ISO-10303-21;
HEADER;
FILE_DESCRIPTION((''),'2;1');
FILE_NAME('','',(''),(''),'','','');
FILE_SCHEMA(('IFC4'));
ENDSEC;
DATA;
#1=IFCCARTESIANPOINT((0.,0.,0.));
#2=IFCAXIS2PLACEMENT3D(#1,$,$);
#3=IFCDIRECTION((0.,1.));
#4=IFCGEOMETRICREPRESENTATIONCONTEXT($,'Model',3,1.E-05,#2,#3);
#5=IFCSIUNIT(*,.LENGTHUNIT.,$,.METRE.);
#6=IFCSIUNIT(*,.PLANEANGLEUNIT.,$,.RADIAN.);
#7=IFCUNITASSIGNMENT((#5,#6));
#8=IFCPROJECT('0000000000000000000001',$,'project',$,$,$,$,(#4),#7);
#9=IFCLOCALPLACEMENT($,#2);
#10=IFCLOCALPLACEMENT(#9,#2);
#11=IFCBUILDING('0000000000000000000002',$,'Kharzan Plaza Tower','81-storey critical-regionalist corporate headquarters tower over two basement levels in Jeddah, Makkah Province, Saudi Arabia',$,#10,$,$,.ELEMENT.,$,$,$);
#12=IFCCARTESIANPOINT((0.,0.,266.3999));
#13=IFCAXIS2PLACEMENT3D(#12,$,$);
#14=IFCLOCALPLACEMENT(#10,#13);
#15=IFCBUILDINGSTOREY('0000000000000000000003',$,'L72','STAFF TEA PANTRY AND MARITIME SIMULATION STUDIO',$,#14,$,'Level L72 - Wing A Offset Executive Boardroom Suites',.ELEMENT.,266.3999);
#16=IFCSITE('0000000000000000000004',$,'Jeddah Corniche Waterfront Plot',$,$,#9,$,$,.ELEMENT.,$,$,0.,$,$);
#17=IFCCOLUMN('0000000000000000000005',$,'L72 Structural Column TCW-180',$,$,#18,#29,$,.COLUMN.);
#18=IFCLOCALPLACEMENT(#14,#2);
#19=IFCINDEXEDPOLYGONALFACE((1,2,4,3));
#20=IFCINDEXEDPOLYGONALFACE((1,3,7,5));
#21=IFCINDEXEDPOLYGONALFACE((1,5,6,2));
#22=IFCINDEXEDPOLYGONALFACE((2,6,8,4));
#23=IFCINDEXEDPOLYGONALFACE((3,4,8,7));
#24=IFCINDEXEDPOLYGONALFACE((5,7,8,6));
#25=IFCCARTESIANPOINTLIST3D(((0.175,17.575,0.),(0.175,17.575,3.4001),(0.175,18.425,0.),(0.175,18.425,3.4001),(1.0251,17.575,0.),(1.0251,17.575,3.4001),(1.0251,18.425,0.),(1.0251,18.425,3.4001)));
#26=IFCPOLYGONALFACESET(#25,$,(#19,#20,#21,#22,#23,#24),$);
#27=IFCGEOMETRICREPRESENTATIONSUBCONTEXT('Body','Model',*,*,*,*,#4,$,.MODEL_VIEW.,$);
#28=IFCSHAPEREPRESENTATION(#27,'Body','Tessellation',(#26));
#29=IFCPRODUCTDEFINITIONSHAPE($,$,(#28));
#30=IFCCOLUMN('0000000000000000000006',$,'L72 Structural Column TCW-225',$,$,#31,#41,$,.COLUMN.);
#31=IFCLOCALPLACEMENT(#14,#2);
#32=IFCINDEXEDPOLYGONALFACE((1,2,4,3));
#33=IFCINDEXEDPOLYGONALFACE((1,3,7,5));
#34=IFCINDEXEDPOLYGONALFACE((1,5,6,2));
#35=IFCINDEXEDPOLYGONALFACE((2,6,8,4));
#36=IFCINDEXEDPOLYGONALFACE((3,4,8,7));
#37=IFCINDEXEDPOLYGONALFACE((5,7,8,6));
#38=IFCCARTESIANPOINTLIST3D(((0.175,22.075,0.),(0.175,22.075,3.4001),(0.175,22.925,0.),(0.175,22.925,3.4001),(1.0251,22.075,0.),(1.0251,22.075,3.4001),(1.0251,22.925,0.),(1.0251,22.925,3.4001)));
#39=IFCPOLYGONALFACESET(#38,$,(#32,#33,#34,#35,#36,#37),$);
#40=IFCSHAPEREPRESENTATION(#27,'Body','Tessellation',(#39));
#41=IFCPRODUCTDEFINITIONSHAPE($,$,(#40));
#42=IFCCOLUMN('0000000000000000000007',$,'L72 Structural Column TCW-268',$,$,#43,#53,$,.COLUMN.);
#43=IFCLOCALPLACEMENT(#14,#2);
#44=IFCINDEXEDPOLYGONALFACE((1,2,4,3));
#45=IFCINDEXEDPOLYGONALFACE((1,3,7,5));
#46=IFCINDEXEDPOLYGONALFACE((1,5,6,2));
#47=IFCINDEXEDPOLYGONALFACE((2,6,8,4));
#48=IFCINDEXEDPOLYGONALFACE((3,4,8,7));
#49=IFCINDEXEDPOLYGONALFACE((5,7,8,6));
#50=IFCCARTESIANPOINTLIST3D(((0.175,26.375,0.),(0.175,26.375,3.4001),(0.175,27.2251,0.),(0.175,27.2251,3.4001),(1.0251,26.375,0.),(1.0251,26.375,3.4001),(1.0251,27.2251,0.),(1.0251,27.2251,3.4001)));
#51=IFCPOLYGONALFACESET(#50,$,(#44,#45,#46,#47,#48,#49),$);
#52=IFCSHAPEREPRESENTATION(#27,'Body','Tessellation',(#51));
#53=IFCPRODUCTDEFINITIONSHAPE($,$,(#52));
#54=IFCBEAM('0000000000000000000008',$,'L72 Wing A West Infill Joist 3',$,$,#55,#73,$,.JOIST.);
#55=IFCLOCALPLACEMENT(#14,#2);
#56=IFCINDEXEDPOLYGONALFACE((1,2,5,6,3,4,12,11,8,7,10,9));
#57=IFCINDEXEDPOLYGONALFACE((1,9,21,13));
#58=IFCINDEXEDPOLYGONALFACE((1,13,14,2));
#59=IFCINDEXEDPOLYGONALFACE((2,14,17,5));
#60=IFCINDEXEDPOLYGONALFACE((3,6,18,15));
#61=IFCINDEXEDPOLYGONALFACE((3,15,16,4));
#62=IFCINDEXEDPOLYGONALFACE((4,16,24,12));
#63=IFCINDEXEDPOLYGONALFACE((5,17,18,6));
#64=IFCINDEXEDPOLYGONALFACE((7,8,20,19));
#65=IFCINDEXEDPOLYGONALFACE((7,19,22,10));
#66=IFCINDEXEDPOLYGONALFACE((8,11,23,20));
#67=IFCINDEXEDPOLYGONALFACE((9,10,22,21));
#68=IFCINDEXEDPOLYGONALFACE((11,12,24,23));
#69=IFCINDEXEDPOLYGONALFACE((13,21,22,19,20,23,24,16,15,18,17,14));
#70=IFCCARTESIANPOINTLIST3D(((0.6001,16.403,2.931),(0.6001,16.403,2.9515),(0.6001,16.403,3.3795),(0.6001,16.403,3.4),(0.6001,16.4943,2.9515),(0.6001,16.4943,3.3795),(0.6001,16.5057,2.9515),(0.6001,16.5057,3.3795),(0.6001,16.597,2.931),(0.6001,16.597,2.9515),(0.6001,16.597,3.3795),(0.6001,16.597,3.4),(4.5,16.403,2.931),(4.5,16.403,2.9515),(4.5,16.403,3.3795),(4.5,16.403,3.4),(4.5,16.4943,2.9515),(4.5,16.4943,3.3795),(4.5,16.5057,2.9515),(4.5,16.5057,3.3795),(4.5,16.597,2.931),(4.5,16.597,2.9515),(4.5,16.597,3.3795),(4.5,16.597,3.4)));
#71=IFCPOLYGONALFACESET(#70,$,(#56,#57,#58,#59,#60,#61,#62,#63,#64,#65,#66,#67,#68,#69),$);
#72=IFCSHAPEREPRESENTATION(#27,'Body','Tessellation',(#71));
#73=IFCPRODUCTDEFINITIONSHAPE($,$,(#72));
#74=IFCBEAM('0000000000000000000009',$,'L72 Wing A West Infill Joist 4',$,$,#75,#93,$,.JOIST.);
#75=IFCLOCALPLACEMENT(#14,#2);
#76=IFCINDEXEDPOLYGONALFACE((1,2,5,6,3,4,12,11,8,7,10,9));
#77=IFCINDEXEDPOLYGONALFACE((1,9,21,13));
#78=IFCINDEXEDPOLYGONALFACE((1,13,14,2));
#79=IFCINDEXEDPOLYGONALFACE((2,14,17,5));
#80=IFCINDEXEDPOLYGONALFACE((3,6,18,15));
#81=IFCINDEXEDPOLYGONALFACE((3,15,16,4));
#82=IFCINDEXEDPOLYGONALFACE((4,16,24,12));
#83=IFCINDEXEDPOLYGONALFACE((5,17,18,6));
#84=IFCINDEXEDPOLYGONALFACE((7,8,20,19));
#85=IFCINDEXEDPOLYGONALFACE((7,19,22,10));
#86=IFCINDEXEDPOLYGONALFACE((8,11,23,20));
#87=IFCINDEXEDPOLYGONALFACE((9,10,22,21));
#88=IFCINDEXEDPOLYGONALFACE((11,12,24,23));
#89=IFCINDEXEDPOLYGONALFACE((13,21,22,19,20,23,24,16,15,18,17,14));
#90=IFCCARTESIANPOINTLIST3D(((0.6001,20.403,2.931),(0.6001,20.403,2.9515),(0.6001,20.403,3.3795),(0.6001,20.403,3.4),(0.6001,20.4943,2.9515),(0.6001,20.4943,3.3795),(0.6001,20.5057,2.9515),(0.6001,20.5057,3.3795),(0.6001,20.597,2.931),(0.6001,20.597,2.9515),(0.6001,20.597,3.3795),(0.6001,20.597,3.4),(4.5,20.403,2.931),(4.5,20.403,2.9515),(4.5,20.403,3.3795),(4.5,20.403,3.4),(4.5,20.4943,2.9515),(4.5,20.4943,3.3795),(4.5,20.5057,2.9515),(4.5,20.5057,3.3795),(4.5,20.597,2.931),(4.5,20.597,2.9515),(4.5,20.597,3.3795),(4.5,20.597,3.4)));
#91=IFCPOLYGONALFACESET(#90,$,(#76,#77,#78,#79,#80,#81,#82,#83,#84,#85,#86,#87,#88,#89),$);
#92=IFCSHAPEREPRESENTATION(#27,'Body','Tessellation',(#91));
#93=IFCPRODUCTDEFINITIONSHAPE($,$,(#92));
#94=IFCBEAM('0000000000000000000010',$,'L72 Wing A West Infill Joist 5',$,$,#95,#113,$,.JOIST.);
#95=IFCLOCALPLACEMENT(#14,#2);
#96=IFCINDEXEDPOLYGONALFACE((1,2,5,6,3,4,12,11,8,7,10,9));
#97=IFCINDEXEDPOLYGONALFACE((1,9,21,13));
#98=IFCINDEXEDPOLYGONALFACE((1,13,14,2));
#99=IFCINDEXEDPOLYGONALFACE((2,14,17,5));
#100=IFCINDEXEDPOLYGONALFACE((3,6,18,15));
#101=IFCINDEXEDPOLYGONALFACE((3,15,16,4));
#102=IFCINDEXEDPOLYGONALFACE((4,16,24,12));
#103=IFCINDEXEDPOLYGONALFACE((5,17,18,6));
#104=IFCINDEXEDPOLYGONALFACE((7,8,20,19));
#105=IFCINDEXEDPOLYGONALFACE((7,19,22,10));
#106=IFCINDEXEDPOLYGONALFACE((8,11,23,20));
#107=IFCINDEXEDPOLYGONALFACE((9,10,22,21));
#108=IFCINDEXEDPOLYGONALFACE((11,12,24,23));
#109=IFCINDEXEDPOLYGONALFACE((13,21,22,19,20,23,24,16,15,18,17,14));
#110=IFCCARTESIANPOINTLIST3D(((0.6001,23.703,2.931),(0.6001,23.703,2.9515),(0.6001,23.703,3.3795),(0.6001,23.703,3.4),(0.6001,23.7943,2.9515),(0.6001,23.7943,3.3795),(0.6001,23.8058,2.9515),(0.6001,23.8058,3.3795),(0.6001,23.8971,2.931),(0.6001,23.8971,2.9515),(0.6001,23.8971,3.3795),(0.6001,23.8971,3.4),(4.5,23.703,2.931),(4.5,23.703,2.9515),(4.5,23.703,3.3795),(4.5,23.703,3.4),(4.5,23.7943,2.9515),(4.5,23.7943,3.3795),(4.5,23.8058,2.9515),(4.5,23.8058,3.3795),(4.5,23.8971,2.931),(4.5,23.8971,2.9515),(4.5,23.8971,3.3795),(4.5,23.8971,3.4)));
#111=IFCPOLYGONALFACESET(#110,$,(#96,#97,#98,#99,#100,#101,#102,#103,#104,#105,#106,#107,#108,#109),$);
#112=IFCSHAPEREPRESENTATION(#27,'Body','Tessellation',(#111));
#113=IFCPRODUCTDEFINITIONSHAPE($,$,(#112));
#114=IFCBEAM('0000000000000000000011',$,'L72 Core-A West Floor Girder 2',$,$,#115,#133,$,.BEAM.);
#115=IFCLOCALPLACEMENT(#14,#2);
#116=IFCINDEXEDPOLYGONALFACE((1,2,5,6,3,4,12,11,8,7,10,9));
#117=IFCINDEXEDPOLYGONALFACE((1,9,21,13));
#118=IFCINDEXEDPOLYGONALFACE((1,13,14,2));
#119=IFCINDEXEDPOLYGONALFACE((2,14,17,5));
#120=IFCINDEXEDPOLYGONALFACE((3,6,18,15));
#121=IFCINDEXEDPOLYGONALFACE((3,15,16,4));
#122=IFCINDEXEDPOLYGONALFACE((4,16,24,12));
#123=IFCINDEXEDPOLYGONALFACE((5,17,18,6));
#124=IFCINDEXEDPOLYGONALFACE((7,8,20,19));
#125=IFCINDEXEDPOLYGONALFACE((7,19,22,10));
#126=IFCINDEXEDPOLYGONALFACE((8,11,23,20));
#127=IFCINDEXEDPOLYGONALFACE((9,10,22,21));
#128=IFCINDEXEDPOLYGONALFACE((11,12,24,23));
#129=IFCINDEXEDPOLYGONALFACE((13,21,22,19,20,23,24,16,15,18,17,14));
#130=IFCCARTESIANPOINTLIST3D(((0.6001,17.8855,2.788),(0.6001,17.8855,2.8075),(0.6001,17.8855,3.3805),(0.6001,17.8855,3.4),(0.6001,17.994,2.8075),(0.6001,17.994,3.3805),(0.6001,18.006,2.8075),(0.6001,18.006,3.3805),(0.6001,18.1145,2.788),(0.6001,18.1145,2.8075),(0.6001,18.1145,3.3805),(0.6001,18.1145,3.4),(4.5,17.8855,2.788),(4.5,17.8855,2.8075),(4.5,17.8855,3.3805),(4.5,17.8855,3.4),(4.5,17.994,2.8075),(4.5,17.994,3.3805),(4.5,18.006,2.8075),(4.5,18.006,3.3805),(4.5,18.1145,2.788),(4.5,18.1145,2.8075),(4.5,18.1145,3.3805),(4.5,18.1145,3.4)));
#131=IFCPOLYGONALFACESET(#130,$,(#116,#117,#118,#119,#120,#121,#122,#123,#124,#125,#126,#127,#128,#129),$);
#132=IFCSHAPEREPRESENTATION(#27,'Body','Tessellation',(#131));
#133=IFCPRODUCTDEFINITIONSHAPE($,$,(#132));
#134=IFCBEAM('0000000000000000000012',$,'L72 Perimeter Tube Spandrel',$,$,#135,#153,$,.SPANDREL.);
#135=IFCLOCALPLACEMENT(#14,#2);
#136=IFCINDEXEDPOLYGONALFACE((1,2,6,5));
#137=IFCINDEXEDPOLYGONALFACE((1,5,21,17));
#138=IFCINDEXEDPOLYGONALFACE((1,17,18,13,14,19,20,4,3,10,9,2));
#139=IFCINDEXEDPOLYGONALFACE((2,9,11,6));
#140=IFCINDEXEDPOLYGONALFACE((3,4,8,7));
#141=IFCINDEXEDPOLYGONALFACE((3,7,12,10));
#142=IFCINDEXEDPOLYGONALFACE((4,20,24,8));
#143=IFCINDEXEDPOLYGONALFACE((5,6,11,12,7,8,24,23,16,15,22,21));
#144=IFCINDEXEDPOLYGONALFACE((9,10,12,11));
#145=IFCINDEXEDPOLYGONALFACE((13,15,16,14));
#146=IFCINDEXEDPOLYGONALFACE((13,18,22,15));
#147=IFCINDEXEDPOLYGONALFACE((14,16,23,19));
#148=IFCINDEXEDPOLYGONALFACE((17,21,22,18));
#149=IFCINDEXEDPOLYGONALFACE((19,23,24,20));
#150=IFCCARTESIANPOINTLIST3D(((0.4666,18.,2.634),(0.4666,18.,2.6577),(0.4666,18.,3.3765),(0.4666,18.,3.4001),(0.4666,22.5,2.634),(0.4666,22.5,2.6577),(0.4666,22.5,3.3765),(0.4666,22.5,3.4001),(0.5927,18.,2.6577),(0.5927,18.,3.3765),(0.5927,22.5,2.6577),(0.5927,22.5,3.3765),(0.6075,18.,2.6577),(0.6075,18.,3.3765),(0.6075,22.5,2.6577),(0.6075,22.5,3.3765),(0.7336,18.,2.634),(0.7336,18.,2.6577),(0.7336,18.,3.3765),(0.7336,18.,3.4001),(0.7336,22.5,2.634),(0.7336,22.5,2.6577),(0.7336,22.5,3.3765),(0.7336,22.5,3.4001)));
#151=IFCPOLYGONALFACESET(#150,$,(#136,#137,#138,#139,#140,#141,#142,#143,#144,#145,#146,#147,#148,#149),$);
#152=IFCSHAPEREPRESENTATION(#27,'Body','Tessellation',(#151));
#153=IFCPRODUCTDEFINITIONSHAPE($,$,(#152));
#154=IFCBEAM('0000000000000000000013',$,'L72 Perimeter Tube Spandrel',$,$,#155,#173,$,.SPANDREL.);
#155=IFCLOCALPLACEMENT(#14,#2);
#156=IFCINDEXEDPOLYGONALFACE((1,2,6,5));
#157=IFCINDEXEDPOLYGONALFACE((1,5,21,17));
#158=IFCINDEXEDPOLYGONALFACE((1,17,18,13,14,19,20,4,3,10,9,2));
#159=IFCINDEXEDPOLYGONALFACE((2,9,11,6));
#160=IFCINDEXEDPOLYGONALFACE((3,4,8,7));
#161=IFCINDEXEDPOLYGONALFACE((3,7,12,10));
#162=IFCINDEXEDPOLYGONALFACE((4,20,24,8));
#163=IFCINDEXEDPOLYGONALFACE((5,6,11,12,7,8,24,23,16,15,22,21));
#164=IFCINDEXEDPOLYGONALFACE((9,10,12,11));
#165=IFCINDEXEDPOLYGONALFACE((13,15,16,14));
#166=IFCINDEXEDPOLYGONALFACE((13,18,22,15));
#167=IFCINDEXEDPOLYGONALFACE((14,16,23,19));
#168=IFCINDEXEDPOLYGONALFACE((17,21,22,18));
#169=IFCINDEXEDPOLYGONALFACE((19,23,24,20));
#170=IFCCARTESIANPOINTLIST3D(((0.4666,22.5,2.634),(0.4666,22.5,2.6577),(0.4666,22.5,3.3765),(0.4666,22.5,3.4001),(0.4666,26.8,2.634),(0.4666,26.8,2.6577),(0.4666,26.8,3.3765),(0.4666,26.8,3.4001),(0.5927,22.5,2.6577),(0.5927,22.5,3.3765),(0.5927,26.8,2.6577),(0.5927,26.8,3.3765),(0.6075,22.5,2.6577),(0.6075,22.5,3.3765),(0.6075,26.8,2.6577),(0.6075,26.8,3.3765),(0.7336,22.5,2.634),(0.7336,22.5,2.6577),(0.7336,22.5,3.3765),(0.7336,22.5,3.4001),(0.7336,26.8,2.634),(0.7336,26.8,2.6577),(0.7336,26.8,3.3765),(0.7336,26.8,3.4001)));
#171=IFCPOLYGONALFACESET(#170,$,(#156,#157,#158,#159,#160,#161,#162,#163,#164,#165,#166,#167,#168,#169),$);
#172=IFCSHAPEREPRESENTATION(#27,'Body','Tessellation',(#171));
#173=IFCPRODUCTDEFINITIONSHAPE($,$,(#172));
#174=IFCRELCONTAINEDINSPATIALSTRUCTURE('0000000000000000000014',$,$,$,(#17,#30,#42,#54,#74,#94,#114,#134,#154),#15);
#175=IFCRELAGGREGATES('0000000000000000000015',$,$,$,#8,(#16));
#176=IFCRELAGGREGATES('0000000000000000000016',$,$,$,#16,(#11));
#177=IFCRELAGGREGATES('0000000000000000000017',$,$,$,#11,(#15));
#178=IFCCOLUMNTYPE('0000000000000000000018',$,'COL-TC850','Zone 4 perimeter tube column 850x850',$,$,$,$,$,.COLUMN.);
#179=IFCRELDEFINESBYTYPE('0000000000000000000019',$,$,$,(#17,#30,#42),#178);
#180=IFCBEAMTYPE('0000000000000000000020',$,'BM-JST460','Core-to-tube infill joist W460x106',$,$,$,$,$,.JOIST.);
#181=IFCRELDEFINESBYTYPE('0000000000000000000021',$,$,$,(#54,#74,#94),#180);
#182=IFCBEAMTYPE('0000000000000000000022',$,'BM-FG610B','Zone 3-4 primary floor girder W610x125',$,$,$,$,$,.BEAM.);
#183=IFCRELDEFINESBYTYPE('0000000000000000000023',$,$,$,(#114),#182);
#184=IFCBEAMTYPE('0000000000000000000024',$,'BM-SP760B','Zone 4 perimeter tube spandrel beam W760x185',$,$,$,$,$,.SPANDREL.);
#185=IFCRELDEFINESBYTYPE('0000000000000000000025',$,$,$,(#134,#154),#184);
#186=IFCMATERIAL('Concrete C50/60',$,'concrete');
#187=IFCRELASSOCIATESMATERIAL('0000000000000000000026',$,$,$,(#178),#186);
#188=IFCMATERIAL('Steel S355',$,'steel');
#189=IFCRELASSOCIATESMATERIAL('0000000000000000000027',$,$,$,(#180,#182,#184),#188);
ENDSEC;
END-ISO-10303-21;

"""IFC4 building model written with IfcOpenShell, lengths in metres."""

from ifc_helpers import new_model, si_unit, direction, frame, origin, origin_2d, place, context, subcontext, project, spatial, rectangle, i_section, extrude, source, transform, mapped, material, material_profile, profile_set, type_object, element, save


model = new_model("IFC4")

# Units and contexts
model_context = context("Model", 3, precision=1e-05, world=origin(), true_north=direction((0.0, 1.0)))
body_context = subcontext(model_context, "Body", "Model", "MODEL_VIEW")
ifc_project = project(units=[si_unit("LENGTHUNIT", "METRE"), si_unit("PLANEANGLEUNIT", "RADIAN")], contexts=[model_context])

# Site, building, storey
site_placement = place(None, origin())
site = spatial("IfcSite", under=ifc_project, at=site_placement, Name="Jeddah Corniche Waterfront Plot", CompositionType="ELEMENT", RefElevation=0.0)
building_placement = place(site_placement, origin())
building = spatial("IfcBuilding", under=site, at=building_placement, Name="Kharzan Plaza Tower", Description="81-storey critical-regionalist corporate headquarters tower over two basement levels in Jeddah, Makkah Province, Saudi Arabia", CompositionType="ELEMENT")
storey_placement = place(building_placement, frame((0.0, 0.0, 266.3999)))
storey = spatial("IfcBuildingStorey", under=building, at=storey_placement, Name="L72", Description="STAFF TEA PANTRY AND MARITIME SIMULATION STUDIO", LongName="Level L72 - Wing A Offset Executive Boardroom Suites", CompositionType="ELEMENT", Elevation=266.3999)

# Columns
ifc_material_1 = material(Name="Concrete C50/60", Category="concrete")
ifc_material_profile_1 = material_profile(ifc_material_1, rectangle(XDim=0.8501, YDim=0.8501, at=origin_2d()), Name="RC-TC850x850")
ifc_profile_set_1 = profile_set([ifc_material_profile_1], Name="Concrete C50/60")
column_type = type_object("IfcColumnType", Name="COL-TC850", Description="Zone 4 perimeter tube column 850x850", PredefinedType="COLUMN", material=ifc_profile_set_1)
shared_shape_1 = source(origin(), body_context, "Body", "SweptSolid", [
    extrude(rectangle(XDim=0.8501, YDim=0.8501, at=origin_2d()), origin(), (0.0, 0.0, 1.0), 3.4001),
])
for number, where, z_axis, x_axis, name in (
    (1, (0.6001, 18.0, 0.0), (0.0, 0.0, 1.0), (1.0, 0.0, 0.0), "L72 Structural Column TCW-180"),
    (2, (0.6001, 22.5, 0.0), (0.0, 0.0, 1.0), (1.0, 0.0, 0.0), "L72 Structural Column TCW-225"),
    (3, (0.6001, 26.8, 0.0), (0.0, 0.0, 1.0), (1.0, 0.0, 0.0), "L72 Structural Column TCW-268"),
):
    element("IfcColumn", number, at=place(storey_placement, frame(where, z_axis=z_axis, x_axis=x_axis)), inside=storey, type_object=column_type, Name=name, PredefinedType="COLUMN", context=body_context, shape_type="MappedRepresentation", body=[
        mapped(shared_shape_1, transform((0.0, 0.0, 0.0), x_axis=(1.0, 0.0, 0.0), y_axis=(0.0, 1.0, 0.0), z_axis=(0.0, 0.0, 1.0))),
    ])

# Beams
ifc_material_2 = material(Name="Steel S355", Category="steel")
ifc_material_profile_2 = material_profile(ifc_material_2, i_section(OverallWidth=0.1941, OverallDepth=0.469, WebThickness=0.0115, FlangeThickness=0.0205, at=origin_2d()), Name="W460x106")
ifc_profile_set_2 = profile_set([ifc_material_profile_2], Name="Steel S355")
beam_type_1 = type_object("IfcBeamType", Name="BM-JST460", Description="Core-to-tube infill joist W460x106", PredefinedType="JOIST", material=ifc_profile_set_2)
shared_shape_2 = source(origin(), body_context, "Body", "SweptSolid", [
    extrude(i_section(OverallWidth=0.1941, OverallDepth=0.469, WebThickness=0.0115, FlangeThickness=0.0205, at=origin_2d()), origin(), (0.0, 0.0, 1.0), 3.8999),
])
for number, where, z_axis, x_axis, name in (
    (4, (0.6001, 16.5, 3.1655), (1.0, 0.0, 0.0), (0.0, 1.0, 0.0), "L72 Wing A West Infill Joist 3"),
    (5, (0.6001, 20.5, 3.1655), (1.0, 0.0, 0.0), (0.0, 1.0, 0.0), "L72 Wing A West Infill Joist 4"),
    (6, (0.6001, 23.8, 3.1655), (1.0, 0.0, 0.0), (0.0, 1.0, 0.0), "L72 Wing A West Infill Joist 5"),
):
    element("IfcBeam", number, at=place(storey_placement, frame(where, z_axis=z_axis, x_axis=x_axis)), inside=storey, type_object=beam_type_1, Name=name, PredefinedType="JOIST", context=body_context, shape_type="MappedRepresentation", body=[
        mapped(shared_shape_2, transform((0.0, 0.0, 0.0), x_axis=(1.0, 0.0, 0.0), y_axis=(0.0, 1.0, 0.0), z_axis=(0.0, 0.0, 1.0))),
    ])
ifc_material_profile_3 = material_profile(ifc_material_2, i_section(OverallWidth=0.229, OverallDepth=0.6121, WebThickness=0.012, FlangeThickness=0.0195, at=origin_2d()), Name="W610x125")
ifc_profile_set_3 = profile_set([ifc_material_profile_3], Name="Steel S355")
beam_type_2 = type_object("IfcBeamType", Name="BM-FG610B", Description="Zone 3-4 primary floor girder W610x125", PredefinedType="BEAM", material=ifc_profile_set_3)
shared_shape_3 = source(origin(), body_context, "Body", "SweptSolid", [
    extrude(i_section(OverallWidth=0.229, OverallDepth=0.6121, WebThickness=0.012, FlangeThickness=0.0195, at=origin_2d()), origin(), (0.0, 0.0, 1.0), 3.8999),
])
beam_1_placement = place(storey_placement, frame((0.6001, 18.0, 3.094), z_axis=(1.0, 0.0, 0.0), x_axis=(0.0, 1.0, 0.0)))
element("IfcBeam", 7, at=beam_1_placement, inside=storey, type_object=beam_type_2, Name="L72 Core-A West Floor Girder 2", PredefinedType="BEAM", context=body_context, shape_type="MappedRepresentation", body=[
    mapped(shared_shape_3, transform((0.0, 0.0, 0.0), x_axis=(1.0, 0.0, 0.0), y_axis=(0.0, 1.0, 0.0), z_axis=(0.0, 0.0, 1.0))),
])
ifc_material_profile_4 = material_profile(ifc_material_2, i_section(OverallWidth=0.2671, OverallDepth=0.7661, WebThickness=0.0149, FlangeThickness=0.0237, at=origin_2d()), Name="W760x185")
ifc_profile_set_4 = profile_set([ifc_material_profile_4], Name="Steel S355")
beam_type_3 = type_object("IfcBeamType", Name="BM-SP760B", Description="Zone 4 perimeter tube spandrel beam W760x185", PredefinedType="SPANDREL", material=ifc_profile_set_4)
shared_shape_4 = source(origin(), body_context, "Body", "SweptSolid", [
    extrude(i_section(OverallWidth=0.2671, OverallDepth=0.7661, WebThickness=0.0149, FlangeThickness=0.0237, at=origin_2d()), origin(), (0.0, 0.0, 1.0), 4.5),
])
beam_2_placement = place(storey_placement, frame((0.6001, 18.0, 3.0171), z_axis=(0.0, 1.0, 0.0), x_axis=(-1.0, 0.0, 0.0)))
element("IfcBeam", 8, at=beam_2_placement, inside=storey, type_object=beam_type_3, Name="L72 Perimeter Tube Spandrel", PredefinedType="SPANDREL", context=body_context, shape_type="MappedRepresentation", body=[
    mapped(shared_shape_4, transform((0.0, 0.0, 0.0), x_axis=(1.0, 0.0, 0.0), y_axis=(0.0, 1.0, 0.0), z_axis=(0.0, 0.0, 1.0))),
])
shared_shape_5 = source(origin(), body_context, "Body", "SweptSolid", [
    extrude(i_section(OverallWidth=0.2671, OverallDepth=0.7661, WebThickness=0.0149, FlangeThickness=0.0237, at=origin_2d()), origin(), (0.0, 0.0, 1.0), 4.3),
])
beam_3_placement = place(storey_placement, frame((0.6001, 22.5, 3.0171), z_axis=(0.0, 1.0, 0.0), x_axis=(-1.0, 0.0, 0.0)))
element("IfcBeam", 9, at=beam_3_placement, inside=storey, type_object=beam_type_3, Name="L72 Perimeter Tube Spandrel", PredefinedType="SPANDREL", context=body_context, shape_type="MappedRepresentation", body=[
    mapped(shared_shape_5, transform((0.0, 0.0, 0.0), x_axis=(1.0, 0.0, 0.0), y_axis=(0.0, 1.0, 0.0), z_axis=(0.0, 0.0, 1.0))),
])

save(model, "model.ifc")
